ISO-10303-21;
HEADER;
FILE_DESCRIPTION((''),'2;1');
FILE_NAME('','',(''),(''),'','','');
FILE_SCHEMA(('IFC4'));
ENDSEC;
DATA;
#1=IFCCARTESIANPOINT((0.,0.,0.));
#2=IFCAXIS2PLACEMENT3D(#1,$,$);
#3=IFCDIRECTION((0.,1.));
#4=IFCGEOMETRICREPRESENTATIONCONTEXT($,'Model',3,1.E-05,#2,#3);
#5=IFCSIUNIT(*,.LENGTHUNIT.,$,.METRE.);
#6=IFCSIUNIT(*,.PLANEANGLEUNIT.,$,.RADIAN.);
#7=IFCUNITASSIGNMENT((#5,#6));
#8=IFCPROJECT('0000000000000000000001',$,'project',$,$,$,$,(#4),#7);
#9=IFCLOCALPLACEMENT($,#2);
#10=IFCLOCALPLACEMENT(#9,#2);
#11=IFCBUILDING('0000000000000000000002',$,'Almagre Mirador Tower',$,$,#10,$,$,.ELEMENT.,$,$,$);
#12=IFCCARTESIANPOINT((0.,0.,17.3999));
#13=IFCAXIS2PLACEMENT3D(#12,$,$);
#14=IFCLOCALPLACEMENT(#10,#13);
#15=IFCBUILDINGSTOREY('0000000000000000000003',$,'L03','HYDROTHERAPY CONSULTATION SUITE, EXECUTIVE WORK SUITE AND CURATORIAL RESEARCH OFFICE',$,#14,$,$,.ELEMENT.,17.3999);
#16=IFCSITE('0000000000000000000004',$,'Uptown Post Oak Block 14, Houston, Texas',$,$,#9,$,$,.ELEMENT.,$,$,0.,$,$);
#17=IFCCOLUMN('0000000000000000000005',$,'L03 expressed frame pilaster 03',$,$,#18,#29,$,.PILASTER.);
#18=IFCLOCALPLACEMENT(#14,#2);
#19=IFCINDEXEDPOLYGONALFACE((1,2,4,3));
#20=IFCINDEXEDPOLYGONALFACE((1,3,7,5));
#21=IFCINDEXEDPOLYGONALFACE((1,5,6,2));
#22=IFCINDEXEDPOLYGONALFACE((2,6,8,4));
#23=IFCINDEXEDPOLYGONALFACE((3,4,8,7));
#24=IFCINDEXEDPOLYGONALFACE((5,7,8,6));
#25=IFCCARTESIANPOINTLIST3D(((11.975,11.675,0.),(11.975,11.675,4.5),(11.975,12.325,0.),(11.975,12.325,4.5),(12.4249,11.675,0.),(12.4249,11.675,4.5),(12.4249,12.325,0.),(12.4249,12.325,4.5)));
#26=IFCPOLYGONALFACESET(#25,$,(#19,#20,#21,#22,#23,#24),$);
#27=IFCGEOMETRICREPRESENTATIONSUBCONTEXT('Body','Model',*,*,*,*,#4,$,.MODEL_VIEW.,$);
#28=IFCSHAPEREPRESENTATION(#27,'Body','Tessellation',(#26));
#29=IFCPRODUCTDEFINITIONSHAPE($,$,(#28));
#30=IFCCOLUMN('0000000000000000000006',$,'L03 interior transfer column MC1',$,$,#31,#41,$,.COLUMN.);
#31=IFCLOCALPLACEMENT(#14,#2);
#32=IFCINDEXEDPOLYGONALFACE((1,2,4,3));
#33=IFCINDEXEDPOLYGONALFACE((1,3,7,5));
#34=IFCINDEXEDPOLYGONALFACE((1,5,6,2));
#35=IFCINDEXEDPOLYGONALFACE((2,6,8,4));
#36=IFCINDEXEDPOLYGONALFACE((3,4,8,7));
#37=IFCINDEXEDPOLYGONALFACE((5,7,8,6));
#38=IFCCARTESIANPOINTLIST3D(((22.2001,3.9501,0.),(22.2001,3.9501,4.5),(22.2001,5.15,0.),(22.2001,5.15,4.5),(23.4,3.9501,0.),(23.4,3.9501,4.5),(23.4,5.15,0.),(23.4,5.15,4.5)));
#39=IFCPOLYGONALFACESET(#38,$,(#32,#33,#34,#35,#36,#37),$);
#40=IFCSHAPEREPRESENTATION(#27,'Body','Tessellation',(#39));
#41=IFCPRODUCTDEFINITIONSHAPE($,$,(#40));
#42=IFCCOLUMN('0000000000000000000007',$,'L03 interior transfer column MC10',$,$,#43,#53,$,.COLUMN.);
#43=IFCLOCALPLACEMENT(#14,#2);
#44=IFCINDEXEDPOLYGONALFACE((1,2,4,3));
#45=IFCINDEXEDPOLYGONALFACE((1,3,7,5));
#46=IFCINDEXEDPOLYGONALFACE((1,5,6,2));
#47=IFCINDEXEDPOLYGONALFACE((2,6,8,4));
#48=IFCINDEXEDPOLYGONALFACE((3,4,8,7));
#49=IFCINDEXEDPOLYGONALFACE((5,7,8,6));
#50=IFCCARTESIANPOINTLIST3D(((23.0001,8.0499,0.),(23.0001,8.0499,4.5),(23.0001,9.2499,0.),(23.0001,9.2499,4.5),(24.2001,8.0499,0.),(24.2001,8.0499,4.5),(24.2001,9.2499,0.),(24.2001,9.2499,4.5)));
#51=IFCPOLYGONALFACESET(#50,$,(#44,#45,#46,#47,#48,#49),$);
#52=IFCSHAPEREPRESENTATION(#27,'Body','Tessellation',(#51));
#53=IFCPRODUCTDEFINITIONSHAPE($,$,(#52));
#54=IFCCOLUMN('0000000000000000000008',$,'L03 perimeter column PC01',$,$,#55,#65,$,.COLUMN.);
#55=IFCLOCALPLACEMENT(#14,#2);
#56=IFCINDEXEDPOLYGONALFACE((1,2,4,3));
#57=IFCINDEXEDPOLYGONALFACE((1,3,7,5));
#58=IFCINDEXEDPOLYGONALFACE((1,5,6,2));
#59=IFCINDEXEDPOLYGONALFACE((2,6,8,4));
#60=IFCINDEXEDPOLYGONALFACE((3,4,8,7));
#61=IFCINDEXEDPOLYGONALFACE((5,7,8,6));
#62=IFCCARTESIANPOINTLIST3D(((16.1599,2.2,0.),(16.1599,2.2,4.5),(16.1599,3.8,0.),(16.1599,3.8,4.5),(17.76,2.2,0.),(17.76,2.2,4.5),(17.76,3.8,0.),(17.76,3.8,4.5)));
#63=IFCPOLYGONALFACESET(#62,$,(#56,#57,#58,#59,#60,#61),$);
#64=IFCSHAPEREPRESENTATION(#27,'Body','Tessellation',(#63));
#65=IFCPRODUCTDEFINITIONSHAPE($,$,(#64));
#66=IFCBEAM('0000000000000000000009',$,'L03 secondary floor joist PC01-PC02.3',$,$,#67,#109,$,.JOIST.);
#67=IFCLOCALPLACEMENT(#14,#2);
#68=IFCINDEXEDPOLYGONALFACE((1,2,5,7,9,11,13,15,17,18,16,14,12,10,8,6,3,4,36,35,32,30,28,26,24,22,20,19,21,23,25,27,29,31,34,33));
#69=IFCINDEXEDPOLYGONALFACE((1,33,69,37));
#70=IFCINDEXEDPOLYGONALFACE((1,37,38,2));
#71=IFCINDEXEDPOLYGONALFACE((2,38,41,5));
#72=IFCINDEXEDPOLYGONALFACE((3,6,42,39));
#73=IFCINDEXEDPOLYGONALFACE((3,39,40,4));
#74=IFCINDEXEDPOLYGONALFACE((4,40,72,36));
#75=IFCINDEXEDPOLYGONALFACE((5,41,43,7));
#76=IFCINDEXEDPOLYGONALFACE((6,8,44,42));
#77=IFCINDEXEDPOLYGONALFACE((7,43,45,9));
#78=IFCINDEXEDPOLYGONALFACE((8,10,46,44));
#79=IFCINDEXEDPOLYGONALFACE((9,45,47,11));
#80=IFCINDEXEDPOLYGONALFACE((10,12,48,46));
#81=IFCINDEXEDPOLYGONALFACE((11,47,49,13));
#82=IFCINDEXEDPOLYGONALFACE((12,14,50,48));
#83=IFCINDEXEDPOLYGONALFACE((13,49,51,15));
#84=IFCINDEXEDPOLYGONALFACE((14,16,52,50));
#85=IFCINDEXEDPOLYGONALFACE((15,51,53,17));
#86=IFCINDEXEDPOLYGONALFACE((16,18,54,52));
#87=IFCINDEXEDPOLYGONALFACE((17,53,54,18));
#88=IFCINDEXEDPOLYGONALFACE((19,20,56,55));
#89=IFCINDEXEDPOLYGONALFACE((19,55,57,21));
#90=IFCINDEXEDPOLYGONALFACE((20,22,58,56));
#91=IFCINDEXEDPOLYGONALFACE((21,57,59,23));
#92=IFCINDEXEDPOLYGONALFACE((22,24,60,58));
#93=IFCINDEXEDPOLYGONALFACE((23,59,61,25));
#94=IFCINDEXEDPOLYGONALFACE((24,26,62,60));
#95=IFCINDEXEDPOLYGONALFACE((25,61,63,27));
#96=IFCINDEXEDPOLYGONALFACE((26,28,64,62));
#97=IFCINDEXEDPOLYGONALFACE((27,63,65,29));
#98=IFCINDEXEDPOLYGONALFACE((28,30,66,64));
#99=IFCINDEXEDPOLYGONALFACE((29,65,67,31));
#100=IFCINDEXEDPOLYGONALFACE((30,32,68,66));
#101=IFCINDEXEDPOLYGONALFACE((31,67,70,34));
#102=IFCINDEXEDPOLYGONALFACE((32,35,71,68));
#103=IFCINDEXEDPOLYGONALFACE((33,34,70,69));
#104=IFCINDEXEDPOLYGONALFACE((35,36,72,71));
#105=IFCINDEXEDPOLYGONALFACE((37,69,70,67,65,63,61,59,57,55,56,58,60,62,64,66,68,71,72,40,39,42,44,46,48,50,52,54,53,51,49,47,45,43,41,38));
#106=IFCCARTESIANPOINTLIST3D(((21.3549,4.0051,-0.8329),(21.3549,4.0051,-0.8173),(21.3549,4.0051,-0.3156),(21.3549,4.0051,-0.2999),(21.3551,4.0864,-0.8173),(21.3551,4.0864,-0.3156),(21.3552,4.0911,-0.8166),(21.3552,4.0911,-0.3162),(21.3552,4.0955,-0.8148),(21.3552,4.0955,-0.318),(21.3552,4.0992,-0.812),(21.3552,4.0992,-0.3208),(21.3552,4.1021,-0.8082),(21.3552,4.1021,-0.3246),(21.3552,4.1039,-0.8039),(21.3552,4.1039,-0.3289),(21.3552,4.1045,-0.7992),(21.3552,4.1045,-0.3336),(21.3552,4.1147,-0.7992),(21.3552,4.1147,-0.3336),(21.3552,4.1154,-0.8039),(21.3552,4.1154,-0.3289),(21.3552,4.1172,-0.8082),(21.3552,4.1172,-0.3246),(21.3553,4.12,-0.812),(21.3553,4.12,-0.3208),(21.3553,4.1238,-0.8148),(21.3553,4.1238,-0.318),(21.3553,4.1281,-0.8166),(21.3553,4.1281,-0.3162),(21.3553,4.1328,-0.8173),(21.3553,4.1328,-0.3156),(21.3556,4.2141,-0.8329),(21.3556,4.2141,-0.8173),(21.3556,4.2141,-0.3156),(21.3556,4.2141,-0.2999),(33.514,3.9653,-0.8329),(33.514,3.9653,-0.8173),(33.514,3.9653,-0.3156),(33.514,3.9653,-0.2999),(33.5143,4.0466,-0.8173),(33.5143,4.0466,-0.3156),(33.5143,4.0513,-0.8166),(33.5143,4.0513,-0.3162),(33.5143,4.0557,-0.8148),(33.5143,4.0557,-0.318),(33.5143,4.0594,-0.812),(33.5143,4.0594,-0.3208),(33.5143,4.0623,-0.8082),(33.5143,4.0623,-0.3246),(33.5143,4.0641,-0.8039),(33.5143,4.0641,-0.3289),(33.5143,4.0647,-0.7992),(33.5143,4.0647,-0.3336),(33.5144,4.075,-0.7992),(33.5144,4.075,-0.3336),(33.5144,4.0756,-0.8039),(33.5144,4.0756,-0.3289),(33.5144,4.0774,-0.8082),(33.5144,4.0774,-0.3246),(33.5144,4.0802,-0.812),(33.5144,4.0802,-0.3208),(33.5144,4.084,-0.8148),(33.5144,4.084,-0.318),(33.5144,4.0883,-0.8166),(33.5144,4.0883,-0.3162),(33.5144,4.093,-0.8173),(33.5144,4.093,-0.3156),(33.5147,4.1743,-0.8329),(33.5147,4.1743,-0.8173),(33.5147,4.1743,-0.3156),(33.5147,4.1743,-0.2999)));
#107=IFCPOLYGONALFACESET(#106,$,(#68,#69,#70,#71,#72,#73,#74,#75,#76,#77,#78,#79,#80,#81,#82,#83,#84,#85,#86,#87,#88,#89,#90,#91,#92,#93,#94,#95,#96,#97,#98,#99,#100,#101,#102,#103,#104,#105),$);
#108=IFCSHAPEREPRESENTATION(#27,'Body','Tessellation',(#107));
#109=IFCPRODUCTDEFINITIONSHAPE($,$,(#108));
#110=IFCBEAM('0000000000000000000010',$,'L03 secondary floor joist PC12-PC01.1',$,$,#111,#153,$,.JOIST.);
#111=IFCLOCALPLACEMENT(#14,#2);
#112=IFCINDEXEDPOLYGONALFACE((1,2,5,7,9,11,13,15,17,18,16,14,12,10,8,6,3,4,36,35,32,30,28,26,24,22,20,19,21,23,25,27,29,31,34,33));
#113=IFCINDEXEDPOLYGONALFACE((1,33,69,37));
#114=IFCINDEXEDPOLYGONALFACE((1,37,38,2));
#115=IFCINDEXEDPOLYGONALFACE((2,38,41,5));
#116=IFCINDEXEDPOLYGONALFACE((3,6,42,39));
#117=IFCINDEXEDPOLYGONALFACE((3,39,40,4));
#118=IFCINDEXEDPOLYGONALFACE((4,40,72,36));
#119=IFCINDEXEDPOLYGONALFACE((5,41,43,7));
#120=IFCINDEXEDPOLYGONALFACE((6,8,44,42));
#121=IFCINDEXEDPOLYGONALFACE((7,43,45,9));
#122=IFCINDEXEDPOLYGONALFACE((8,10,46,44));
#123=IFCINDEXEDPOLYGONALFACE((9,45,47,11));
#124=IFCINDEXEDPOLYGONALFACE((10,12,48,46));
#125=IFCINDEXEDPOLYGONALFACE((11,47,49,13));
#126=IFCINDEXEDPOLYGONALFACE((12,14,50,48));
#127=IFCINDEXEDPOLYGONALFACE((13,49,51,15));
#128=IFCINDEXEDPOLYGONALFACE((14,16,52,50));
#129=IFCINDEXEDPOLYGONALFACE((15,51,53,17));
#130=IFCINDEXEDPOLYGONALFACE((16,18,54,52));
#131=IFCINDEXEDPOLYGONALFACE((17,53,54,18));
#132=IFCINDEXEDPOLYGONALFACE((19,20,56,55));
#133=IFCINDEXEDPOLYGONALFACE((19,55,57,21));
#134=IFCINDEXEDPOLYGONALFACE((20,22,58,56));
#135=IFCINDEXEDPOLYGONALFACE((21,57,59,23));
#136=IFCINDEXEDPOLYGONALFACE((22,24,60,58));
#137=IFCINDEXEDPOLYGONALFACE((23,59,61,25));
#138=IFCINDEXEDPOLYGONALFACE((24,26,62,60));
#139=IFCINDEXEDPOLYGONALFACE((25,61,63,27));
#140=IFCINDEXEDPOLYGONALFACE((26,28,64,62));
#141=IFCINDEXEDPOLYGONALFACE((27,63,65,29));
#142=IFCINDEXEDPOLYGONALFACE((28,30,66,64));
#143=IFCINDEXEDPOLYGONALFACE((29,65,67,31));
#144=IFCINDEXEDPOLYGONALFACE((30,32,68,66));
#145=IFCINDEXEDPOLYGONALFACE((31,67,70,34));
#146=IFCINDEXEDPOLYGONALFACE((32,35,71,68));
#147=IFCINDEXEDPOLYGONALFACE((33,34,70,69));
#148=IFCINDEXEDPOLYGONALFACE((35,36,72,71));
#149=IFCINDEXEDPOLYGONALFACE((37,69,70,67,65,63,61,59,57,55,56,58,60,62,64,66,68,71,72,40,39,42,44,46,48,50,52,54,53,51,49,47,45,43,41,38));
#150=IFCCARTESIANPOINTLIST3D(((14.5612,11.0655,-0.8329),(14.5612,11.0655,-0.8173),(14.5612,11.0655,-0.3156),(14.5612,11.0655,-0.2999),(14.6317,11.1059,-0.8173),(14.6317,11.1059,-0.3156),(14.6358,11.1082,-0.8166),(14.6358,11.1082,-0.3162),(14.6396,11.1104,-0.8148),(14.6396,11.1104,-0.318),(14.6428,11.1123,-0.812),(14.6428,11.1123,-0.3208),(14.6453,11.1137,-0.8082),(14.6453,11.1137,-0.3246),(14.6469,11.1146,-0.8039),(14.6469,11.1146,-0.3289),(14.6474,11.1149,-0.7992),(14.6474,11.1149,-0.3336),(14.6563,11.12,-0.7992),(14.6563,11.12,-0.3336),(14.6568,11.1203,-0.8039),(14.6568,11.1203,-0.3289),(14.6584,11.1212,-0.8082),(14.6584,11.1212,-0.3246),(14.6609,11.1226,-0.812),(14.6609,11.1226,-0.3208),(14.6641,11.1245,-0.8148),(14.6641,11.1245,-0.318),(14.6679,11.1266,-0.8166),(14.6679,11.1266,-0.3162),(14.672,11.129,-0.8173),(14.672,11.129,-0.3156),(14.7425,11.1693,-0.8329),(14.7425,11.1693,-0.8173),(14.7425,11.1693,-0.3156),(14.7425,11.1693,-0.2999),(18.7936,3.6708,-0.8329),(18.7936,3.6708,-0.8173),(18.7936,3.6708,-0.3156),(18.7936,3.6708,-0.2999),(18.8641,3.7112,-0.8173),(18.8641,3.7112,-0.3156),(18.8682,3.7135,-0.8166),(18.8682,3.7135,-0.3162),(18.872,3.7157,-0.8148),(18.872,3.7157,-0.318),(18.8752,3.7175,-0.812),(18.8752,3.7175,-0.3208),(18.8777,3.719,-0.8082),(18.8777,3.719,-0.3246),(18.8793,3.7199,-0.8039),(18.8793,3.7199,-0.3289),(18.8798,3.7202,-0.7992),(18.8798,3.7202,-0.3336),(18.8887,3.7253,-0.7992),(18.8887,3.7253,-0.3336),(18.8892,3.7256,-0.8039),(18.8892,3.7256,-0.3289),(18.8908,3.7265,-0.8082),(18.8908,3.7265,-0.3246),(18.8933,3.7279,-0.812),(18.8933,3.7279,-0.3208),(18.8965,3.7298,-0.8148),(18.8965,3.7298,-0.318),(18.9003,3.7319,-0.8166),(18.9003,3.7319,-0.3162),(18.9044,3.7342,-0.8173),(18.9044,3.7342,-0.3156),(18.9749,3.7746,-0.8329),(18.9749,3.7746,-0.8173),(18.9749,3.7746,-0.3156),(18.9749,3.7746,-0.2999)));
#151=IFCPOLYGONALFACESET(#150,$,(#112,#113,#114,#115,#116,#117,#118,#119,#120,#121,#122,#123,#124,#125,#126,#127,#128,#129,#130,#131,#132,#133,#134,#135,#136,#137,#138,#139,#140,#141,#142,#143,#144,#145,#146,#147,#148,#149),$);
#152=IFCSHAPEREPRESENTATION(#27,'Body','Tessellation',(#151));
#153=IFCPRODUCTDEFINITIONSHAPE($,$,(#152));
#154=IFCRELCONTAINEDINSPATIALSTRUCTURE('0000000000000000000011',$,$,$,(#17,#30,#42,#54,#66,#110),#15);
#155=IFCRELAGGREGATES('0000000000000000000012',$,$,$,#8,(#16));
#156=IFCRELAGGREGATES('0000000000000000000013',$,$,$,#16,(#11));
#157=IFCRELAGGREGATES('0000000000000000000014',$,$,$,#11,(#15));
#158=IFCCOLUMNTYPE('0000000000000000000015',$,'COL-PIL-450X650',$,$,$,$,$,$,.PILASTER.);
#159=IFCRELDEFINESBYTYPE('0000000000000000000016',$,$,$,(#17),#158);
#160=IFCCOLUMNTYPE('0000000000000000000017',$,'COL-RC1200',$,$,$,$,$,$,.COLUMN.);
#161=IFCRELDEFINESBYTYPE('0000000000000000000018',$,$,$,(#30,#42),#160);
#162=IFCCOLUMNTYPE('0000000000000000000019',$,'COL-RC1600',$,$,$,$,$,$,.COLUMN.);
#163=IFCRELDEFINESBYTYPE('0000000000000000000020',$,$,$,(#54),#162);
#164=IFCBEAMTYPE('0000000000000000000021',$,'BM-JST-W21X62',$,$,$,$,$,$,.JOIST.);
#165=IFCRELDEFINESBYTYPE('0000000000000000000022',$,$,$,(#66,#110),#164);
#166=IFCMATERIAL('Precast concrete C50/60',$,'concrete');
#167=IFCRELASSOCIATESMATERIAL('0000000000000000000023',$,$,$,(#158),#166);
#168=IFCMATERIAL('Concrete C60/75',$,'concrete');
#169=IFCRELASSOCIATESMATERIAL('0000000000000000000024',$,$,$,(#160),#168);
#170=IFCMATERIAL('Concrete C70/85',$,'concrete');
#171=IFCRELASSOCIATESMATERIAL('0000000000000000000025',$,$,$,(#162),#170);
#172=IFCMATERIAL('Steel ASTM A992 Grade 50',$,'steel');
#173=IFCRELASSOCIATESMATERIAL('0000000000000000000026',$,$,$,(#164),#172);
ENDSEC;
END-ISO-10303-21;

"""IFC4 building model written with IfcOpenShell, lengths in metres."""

from ifc_helpers import new_model, si_unit, direction, frame, origin, origin_2d, place, context, subcontext, project, spatial, rectangle, i_section, extrude, material, material_profile, profile_set, type_object, element, save


model = new_model("IFC4")

# Units and contexts
model_context = context("Model", 3, precision=1e-05, world=origin(), true_north=direction((0.0, 1.0)))
body_context = subcontext(model_context, "Body", "Model", "MODEL_VIEW")
ifc_project = project(units=[si_unit("LENGTHUNIT", "METRE"), si_unit("PLANEANGLEUNIT", "RADIAN")], contexts=[model_context])

# Site, building, storey
site_placement = place(None, origin())
site = spatial("IfcSite", under=ifc_project, at=site_placement, Name="Uptown Post Oak Block 14, Houston, Texas", CompositionType="ELEMENT", RefElevation=0.0)
building_placement = place(site_placement, origin())
building = spatial("IfcBuilding", under=site, at=building_placement, Name="Almagre Mirador Tower", CompositionType="ELEMENT")
storey_placement = place(building_placement, frame((0.0, 0.0, 17.3999)))
storey = spatial("IfcBuildingStorey", under=building, at=storey_placement, Name="L03", Description="HYDROTHERAPY CONSULTATION SUITE, EXECUTIVE WORK SUITE AND CURATORIAL RESEARCH OFFICE", CompositionType="ELEMENT", Elevation=17.3999)

# Columns
ifc_material_1 = material(Name="Precast concrete C50/60", Category="concrete")
ifc_material_profile_1 = material_profile(ifc_material_1, rectangle(XDim=0.45, YDim=0.6499, at=origin_2d()), Name="RC450X650")
ifc_profile_set_1 = profile_set([ifc_material_profile_1], Name="Precast concrete C50/60")
column_type_1 = type_object("IfcColumnType", Name="COL-PIL-450X650", PredefinedType="PILASTER", material=ifc_profile_set_1)
column_1_placement = place(storey_placement, frame((12.2, 12.0, 0.0), z_axis=(0.0, 0.0, 1.0), x_axis=(1.0, 0.0, 0.0)))
element("IfcColumn", 1, at=column_1_placement, inside=storey, type_object=column_type_1, Name="L03 expressed frame pilaster 03", PredefinedType="PILASTER", context=body_context, shape_type="SweptSolid", body=[
    extrude(rectangle(XDim=0.45, YDim=0.6499, at=origin_2d()), origin(), (0.0, 0.0, 1.0), 4.5),
])
ifc_material_2 = material(Name="Concrete C60/75", Category="concrete")
ifc_material_profile_2 = material_profile(ifc_material_2, rectangle(XDim=1.2, YDim=1.2, at=origin_2d()), Name="RC1200X1200")
ifc_profile_set_2 = profile_set([ifc_material_profile_2], Name="Concrete C60/75")
column_type_2 = type_object("IfcColumnType", Name="COL-RC1200", PredefinedType="COLUMN", material=ifc_profile_set_2)
for number, where, z_axis, x_axis, name in (
    (2, (22.8, 4.55, 0.0), (0.0, 0.0, 1.0), (1.0, 0.0, 0.0), "L03 interior transfer column MC1"),
    (3, (23.6001, 8.6499, 0.0), (0.0, 0.0, 1.0), (1.0, 0.0, 0.0), "L03 interior transfer column MC10"),
):
    element("IfcColumn", number, at=place(storey_placement, frame(where, z_axis=z_axis, x_axis=x_axis)), inside=storey, type_object=column_type_2, Name=name, PredefinedType="COLUMN", context=body_context, shape_type="SweptSolid", body=[
        extrude(rectangle(XDim=1.2, YDim=1.2, at=origin_2d()), origin(), (0.0, 0.0, 1.0), 4.5),
    ])
ifc_material_3 = material(Name="Concrete C70/85", Category="concrete")
ifc_material_profile_3 = material_profile(ifc_material_3, rectangle(XDim=1.6001, YDim=1.6001, at=origin_2d()), Name="RC1600X1600")
ifc_profile_set_3 = profile_set([ifc_material_profile_3], Name="Concrete C70/85")
column_type_3 = type_object("IfcColumnType", Name="COL-RC1600", PredefinedType="COLUMN", material=ifc_profile_set_3)
column_2_placement = place(storey_placement, frame((16.96, 3.0, 0.0), z_axis=(0.0, 0.0, 1.0), x_axis=(1.0, 0.0, 0.0)))
element("IfcColumn", 4, at=column_2_placement, inside=storey, type_object=column_type_3, Name="L03 perimeter column PC01", PredefinedType="COLUMN", context=body_context, shape_type="SweptSolid", body=[
    extrude(rectangle(XDim=1.6001, YDim=1.6001, at=origin_2d()), origin(), (0.0, 0.0, 1.0), 4.5),
])

# Beams
ifc_material_4 = material(Name="Steel ASTM A992 Grade 50", Category="steel")
ifc_material_profile_4 = material_profile(ifc_material_4, i_section(OverallWidth=0.209, OverallDepth=0.533, WebThickness=0.0103, FlangeThickness=0.0156, FilletRadius=0.0181, at=origin_2d()), Name="W21X62")
ifc_profile_set_4 = profile_set([ifc_material_profile_4], Name="Steel ASTM A992 Grade 50")
beam_type_1 = type_object("IfcBeamType", Name="BM-JST-W21X62", PredefinedType="JOIST", material=ifc_profile_set_4)
beam_1_placement = place(storey_placement, frame((21.3552, 4.1096, -0.5664), z_axis=(0.999995, -0.003273, 0.0), x_axis=(0.003273, 0.999995, 0.0)))
element("IfcBeam", 5, at=beam_1_placement, inside=storey, type_object=beam_type_1, Name="L03 secondary floor joist PC01-PC02.3", PredefinedType="JOIST", context=body_context, shape_type="SweptSolid", body=[
    extrude(i_section(OverallWidth=0.209, OverallDepth=0.533, WebThickness=0.0103, FlangeThickness=0.0156, FilletRadius=0.0181, at=origin_2d()), origin(), (0.0, 0.0, 1.0), 12.1592),
])
beam_2_placement = place(storey_placement, frame((14.6519, 11.1174, -0.5664), z_axis=(0.496744, -0.867897, 0.0), x_axis=(0.867897, 0.496744, 0.0)))
element("IfcBeam", 6, at=beam_2_placement, inside=storey, type_object=beam_type_1, Name="L03 secondary floor joist PC12-PC01.1", PredefinedType="JOIST", context=body_context, shape_type="SweptSolid", body=[
    extrude(i_section(OverallWidth=0.209, OverallDepth=0.533, WebThickness=0.0103, FlangeThickness=0.0156, FilletRadius=0.0181, at=origin_2d()), origin(), (0.0, 0.0, 1.0), 8.5203),
])

save(model, "model.ifc")
